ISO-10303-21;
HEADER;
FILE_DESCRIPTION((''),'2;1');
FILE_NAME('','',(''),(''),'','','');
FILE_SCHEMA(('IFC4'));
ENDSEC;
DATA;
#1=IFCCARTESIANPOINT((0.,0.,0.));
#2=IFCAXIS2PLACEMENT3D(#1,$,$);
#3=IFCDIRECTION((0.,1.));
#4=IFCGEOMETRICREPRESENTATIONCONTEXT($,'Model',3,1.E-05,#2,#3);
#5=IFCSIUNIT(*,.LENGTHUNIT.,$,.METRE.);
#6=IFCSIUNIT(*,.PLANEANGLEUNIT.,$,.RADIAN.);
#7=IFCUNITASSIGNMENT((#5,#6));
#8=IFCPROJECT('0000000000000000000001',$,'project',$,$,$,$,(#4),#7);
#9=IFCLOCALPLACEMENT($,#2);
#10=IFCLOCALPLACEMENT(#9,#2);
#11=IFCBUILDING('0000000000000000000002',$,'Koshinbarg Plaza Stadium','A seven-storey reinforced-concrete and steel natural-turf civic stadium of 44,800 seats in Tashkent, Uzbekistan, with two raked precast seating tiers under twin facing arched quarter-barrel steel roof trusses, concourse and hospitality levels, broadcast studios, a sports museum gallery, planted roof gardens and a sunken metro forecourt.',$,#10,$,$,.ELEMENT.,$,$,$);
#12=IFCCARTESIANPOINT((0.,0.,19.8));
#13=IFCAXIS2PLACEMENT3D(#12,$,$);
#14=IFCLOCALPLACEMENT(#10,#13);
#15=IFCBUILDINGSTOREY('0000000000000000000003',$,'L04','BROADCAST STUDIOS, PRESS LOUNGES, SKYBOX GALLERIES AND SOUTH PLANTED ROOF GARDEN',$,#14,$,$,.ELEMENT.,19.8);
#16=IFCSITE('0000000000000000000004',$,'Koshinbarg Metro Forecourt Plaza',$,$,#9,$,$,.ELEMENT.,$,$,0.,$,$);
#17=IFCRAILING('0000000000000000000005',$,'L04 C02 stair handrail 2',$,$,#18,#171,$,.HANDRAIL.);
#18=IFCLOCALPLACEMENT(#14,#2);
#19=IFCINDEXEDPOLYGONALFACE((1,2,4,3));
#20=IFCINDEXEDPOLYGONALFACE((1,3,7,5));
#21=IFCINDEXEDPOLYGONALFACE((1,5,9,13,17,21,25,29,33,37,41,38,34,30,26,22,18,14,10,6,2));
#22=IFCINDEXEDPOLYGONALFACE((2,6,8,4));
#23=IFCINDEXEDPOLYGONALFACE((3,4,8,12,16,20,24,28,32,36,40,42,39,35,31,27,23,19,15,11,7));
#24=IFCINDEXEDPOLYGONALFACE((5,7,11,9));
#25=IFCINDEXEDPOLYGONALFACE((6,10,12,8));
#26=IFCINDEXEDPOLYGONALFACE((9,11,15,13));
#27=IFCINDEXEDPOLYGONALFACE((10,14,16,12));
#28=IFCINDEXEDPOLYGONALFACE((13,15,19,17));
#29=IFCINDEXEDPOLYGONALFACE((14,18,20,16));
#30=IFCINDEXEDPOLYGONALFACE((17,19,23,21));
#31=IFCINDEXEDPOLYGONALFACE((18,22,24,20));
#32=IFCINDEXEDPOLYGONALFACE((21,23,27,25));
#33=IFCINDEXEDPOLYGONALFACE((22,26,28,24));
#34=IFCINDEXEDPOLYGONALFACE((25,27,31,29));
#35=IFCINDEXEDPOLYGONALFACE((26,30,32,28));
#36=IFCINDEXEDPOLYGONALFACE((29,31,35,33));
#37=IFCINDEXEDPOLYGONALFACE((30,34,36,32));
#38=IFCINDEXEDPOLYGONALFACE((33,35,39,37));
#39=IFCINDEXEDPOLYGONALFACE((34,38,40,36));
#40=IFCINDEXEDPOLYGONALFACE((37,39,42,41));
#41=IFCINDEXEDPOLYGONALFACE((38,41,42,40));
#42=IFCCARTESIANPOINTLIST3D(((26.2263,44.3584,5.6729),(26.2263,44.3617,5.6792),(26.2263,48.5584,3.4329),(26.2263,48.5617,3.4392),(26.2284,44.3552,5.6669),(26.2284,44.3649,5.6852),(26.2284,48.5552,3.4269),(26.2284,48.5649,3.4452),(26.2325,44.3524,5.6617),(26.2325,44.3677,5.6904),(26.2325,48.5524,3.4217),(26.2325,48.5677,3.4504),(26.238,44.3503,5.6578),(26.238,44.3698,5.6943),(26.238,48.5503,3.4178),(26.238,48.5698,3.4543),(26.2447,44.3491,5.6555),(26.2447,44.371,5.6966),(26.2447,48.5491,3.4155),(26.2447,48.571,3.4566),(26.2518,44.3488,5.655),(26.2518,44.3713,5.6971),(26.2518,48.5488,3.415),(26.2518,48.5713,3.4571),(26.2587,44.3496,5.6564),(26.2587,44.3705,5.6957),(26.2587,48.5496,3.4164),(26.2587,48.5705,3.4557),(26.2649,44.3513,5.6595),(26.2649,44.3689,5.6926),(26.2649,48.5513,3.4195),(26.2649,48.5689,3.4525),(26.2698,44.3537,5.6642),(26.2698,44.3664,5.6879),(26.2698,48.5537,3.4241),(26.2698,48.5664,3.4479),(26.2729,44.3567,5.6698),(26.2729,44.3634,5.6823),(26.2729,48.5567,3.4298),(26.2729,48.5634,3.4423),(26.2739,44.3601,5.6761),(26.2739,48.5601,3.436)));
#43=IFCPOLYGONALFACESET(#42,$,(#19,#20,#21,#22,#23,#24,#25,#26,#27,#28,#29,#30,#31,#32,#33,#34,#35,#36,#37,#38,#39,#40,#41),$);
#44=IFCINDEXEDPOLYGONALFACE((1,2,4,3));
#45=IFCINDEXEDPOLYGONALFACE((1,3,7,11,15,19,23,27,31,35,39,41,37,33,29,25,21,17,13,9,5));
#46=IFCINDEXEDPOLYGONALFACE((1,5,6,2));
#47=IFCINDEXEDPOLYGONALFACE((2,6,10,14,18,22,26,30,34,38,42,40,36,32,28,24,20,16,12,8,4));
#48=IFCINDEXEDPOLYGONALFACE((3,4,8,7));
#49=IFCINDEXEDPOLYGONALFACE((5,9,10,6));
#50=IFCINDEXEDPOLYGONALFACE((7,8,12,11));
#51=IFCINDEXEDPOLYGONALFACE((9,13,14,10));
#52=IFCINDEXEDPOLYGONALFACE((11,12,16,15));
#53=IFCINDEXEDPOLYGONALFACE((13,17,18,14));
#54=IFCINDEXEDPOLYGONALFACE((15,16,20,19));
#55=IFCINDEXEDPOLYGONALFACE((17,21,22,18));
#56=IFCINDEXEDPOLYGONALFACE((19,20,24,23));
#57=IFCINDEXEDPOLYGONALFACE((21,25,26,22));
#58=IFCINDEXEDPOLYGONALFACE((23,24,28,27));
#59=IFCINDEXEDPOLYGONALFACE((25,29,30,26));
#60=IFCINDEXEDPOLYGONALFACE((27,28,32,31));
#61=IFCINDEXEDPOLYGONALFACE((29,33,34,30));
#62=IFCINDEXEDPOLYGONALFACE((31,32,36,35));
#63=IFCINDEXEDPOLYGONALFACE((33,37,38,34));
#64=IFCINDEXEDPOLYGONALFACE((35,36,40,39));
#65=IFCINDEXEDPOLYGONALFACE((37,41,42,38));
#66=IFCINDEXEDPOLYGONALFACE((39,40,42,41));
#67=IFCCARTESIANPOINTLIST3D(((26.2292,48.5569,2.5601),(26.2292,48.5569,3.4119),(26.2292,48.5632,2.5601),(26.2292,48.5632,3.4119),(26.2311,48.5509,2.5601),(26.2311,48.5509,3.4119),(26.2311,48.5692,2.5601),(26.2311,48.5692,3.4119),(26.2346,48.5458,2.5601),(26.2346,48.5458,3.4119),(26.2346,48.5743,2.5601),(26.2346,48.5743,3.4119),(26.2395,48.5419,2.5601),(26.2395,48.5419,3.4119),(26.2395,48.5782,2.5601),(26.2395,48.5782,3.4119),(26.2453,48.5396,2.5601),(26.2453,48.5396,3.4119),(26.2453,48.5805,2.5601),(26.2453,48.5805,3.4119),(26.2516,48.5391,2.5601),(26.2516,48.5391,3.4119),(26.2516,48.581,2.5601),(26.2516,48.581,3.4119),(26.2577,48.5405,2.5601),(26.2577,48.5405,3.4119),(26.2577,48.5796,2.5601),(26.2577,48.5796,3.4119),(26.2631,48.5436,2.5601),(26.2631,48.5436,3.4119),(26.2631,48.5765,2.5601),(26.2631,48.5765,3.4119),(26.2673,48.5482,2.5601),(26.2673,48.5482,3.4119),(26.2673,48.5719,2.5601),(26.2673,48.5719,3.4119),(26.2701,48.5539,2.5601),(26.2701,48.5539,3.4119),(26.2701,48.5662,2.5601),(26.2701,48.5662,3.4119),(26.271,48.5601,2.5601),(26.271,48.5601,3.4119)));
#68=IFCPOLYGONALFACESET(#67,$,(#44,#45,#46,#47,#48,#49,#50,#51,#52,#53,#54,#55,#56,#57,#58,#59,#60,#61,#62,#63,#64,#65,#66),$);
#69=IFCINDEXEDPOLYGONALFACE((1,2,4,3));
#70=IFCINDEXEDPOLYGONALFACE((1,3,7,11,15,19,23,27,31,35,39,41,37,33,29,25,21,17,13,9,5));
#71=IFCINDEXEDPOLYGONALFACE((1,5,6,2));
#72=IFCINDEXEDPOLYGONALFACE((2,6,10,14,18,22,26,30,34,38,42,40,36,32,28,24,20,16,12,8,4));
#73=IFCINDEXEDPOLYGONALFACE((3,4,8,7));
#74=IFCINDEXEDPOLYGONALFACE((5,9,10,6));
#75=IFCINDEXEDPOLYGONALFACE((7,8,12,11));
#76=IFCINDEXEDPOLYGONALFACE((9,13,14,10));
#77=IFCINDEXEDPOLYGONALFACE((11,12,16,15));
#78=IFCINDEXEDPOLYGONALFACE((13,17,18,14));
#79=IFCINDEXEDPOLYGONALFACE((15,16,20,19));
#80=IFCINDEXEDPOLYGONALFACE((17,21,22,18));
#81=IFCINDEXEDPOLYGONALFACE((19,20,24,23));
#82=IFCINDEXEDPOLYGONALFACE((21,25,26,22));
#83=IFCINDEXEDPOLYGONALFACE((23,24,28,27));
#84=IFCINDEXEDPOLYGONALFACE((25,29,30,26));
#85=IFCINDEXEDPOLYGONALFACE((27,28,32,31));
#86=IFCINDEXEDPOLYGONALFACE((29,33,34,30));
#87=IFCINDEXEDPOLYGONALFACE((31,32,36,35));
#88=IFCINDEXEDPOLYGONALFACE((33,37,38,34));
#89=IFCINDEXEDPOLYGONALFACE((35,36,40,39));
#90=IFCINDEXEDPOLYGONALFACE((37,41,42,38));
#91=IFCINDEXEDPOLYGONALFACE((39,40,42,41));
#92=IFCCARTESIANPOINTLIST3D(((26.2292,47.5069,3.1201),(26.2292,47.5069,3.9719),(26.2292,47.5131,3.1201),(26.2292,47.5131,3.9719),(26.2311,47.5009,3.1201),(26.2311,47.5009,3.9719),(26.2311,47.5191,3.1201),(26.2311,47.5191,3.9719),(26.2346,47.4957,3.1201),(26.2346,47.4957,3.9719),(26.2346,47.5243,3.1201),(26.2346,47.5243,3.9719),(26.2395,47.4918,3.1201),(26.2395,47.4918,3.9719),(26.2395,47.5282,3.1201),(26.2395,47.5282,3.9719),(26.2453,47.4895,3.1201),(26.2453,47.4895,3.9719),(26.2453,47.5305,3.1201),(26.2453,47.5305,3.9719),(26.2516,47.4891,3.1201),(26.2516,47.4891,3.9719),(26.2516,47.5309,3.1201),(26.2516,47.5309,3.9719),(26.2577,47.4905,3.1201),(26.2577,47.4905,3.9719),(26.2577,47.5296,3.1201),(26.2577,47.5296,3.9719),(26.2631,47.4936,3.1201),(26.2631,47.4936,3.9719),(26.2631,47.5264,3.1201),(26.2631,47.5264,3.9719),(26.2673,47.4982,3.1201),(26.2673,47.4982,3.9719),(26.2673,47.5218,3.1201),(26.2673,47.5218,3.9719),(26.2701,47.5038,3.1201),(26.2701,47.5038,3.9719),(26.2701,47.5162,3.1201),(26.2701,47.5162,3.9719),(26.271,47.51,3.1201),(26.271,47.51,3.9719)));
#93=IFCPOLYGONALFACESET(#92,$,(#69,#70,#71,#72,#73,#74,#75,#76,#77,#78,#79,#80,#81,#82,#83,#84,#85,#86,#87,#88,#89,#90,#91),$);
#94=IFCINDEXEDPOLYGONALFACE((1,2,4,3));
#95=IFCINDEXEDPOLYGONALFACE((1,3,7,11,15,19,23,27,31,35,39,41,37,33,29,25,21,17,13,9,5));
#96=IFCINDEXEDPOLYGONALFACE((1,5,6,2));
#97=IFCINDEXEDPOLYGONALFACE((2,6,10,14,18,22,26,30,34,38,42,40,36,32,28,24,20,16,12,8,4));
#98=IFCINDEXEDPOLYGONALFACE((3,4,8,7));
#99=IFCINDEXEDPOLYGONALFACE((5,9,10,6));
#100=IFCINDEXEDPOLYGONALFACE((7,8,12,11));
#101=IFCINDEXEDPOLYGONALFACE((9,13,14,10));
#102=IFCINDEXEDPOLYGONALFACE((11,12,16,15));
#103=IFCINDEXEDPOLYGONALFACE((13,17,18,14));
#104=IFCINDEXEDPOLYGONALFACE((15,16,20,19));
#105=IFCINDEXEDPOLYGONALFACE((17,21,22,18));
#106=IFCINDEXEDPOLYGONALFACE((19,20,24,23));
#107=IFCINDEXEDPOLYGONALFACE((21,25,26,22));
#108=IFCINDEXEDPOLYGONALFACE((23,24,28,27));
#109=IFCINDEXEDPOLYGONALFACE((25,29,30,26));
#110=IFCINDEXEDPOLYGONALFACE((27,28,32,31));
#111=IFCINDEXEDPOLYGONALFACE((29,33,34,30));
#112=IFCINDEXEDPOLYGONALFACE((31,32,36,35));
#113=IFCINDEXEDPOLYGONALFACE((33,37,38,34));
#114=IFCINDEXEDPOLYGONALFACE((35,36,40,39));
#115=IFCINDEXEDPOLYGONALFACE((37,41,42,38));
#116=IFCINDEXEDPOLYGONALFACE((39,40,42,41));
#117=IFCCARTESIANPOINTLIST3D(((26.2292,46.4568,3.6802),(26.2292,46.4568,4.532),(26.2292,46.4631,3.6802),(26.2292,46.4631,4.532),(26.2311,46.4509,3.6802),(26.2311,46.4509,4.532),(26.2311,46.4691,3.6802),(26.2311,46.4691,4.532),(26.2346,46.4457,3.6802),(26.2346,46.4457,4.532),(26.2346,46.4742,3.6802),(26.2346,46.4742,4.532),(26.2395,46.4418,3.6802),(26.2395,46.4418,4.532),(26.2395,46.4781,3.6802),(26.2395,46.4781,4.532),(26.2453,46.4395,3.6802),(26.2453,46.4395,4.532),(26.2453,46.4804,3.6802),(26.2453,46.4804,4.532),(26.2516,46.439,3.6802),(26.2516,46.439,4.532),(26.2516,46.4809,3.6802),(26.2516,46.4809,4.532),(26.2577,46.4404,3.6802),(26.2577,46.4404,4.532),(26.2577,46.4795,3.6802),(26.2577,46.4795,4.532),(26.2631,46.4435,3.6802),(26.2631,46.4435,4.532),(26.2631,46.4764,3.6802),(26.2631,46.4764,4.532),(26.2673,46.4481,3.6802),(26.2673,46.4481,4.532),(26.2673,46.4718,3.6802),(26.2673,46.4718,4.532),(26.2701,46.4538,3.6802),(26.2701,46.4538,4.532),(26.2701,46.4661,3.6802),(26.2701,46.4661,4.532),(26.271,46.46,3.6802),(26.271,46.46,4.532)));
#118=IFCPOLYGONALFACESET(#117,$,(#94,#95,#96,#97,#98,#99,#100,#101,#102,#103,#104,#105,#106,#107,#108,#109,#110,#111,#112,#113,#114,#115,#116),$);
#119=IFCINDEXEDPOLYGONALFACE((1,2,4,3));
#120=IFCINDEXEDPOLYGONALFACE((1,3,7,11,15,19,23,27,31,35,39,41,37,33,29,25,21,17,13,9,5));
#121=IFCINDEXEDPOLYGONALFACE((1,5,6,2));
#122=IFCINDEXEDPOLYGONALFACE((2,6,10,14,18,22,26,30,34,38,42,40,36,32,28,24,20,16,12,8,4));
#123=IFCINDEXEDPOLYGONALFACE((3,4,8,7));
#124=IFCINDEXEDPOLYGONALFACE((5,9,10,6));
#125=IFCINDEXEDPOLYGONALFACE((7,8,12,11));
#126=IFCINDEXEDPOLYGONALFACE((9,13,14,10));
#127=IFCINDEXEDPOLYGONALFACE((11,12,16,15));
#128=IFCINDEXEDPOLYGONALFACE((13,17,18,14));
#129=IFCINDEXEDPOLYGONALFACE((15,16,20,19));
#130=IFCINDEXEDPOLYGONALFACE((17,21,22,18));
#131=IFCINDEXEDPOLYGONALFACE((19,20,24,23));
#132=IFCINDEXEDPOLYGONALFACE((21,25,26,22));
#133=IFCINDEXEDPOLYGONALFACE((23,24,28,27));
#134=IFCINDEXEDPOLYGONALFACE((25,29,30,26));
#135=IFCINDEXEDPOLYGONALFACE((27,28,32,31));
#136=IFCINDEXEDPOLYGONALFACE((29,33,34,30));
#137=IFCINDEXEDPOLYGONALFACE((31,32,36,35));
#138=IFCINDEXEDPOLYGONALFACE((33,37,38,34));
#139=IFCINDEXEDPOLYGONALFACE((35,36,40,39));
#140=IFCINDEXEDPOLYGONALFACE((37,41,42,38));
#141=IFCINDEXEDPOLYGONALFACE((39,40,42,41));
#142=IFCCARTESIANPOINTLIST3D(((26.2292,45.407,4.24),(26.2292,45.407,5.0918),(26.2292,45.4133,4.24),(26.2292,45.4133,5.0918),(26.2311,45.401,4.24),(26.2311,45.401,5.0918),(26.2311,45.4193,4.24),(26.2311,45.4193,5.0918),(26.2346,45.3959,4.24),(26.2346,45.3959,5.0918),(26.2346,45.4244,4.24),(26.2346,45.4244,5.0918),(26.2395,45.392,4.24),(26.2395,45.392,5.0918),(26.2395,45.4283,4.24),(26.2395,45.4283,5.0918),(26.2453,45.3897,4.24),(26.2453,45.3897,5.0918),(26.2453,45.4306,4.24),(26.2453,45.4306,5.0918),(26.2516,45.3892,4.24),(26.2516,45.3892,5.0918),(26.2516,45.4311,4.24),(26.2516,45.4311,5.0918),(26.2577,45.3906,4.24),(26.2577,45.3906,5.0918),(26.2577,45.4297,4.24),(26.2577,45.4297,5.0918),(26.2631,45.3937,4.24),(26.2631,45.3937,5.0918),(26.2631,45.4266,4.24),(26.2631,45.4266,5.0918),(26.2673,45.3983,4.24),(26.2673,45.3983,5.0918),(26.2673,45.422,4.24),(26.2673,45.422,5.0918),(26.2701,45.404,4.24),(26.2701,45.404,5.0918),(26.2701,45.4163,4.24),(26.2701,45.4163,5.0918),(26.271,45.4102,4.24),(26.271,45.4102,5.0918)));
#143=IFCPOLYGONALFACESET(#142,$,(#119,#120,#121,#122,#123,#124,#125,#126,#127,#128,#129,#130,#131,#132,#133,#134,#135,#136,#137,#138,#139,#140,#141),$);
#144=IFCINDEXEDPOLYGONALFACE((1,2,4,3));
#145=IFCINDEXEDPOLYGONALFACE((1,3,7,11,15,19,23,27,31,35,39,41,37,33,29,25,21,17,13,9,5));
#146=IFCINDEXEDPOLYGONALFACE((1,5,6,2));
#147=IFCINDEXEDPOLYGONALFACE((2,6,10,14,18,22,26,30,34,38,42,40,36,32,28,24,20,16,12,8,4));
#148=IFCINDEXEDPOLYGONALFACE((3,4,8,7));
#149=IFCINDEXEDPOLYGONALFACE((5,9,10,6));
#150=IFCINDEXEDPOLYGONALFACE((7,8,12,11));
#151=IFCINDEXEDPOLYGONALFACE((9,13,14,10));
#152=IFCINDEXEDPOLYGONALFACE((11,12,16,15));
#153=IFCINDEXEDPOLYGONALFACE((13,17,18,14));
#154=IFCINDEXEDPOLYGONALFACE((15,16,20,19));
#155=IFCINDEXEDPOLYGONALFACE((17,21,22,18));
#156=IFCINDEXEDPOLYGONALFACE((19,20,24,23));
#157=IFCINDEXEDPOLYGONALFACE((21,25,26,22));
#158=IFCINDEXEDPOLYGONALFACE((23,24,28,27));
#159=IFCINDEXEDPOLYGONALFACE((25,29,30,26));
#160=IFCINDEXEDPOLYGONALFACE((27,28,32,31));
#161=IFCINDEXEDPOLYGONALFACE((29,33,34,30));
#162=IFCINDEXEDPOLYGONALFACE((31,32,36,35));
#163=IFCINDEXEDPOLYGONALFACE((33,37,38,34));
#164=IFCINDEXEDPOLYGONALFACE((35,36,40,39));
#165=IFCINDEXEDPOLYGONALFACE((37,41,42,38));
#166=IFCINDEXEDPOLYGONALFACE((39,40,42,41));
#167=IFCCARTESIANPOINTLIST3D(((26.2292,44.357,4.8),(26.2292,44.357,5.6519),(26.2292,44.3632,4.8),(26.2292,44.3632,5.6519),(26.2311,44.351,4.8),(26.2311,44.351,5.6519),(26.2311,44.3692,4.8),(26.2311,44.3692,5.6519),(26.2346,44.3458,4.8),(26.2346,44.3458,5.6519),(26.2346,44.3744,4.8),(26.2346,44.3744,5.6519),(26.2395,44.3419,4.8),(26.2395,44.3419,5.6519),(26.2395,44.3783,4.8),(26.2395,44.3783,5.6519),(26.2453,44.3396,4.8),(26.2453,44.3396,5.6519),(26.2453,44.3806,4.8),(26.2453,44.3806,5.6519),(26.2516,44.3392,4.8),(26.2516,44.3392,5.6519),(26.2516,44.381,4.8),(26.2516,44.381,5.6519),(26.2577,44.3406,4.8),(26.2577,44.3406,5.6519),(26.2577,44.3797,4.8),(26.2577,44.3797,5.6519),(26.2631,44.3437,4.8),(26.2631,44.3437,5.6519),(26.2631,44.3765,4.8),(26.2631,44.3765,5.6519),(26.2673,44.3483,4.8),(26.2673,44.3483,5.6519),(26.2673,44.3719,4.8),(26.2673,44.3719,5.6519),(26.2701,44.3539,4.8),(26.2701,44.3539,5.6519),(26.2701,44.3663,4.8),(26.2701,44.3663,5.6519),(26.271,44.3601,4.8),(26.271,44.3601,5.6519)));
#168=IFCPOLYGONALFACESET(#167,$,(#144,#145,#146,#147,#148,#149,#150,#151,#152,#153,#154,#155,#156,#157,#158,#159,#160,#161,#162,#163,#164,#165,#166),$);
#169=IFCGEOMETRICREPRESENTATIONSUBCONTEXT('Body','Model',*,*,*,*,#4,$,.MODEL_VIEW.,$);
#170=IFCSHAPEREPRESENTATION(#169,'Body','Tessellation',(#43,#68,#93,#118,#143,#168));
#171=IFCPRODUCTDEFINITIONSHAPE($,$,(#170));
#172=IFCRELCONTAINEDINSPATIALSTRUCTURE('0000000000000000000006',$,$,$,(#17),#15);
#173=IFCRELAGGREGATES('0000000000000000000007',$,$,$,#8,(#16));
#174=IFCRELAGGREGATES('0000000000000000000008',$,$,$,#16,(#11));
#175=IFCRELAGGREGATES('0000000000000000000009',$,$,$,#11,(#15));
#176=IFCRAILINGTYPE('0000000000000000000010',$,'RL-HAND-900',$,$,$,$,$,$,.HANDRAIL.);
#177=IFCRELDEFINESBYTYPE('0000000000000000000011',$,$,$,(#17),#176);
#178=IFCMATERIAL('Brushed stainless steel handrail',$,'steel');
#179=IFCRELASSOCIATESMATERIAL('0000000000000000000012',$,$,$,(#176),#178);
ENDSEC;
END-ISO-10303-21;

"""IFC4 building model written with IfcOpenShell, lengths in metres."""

from ifc_helpers import new_model, si_unit, direction, frame, origin, origin_2d, place, context, subcontext, project, spatial, circle, extrude, material, type_object, element, save


model = new_model("IFC4")

# Units and contexts
model_context = context("Model", 3, precision=1e-05, world=origin(), true_north=direction((0.0, 1.0)))
body_context = subcontext(model_context, "Body", "Model", "MODEL_VIEW")
ifc_project = project(units=[si_unit("LENGTHUNIT", "METRE"), si_unit("PLANEANGLEUNIT", "RADIAN")], contexts=[model_context])

# Site, building, storey
site_placement = place(None, origin())
site = spatial("IfcSite", under=ifc_project, at=site_placement, Name="Koshinbarg Metro Forecourt Plaza", CompositionType="ELEMENT", RefElevation=0.0)
building_placement = place(site_placement, origin())
building = spatial("IfcBuilding", under=site, at=building_placement, Name="Koshinbarg Plaza Stadium", Description="A seven-storey reinforced-concrete and steel natural-turf civic stadium of 44,800 seats in Tashkent, Uzbekistan, with two raked precast seating tiers under twin facing arched quarter-barrel steel roof trusses, concourse and hospitality levels, broadcast studios, a sports museum gallery, planted roof gardens and a sunken metro forecourt.", CompositionType="ELEMENT")
storey_placement = place(building_placement, frame((0.0, 0.0, 19.8)))
storey = spatial("IfcBuildingStorey", under=building, at=storey_placement, Name="L04", Description="BROADCAST STUDIOS, PRESS LOUNGES, SKYBOX GALLERIES AND SOUTH PLANTED ROOF GARDEN", CompositionType="ELEMENT", Elevation=19.8)

# Railing
ifc_material_1 = material(Name="Brushed stainless steel handrail", Category="steel")
railing_type_1 = type_object("IfcRailingType", Name="RL-HAND-900", PredefinedType="HANDRAIL", material=ifc_material_1)
railing_1_placement = place(storey_placement, frame((26.25, 48.5601, 2.5601)))
element("IfcRailing", 1, at=railing_1_placement, inside=storey, type_object=railing_type_1, Name="L04 C02 stair handrail 2", PredefinedType="HANDRAIL", context=body_context, shape_type="SweptSolid", body=[
    extrude(circle(Radius=0.0239, at=origin_2d()), frame((0.0, 0.0, 0.876), z_axis=(0.0, -0.882352, 0.470591), x_axis=(1.0, 0.0, 0.0)), (0.0, 0.0, 1.0), 4.76),
    extrude(circle(Radius=0.021, at=origin_2d()), origin(), (0.0, 0.0, 1.0), 0.8518),
    extrude(circle(Radius=0.021, at=origin_2d()), frame((0.0, -1.05, 0.5601)), (0.0, 0.0, 1.0), 0.8518),
    extrude(circle(Radius=0.021, at=origin_2d()), frame((0.0, -2.1001, 1.1201)), (0.0, 0.0, 1.0), 0.8518),
    extrude(circle(Radius=0.021, at=origin_2d()), frame((0.0, -3.1499, 1.6799)), (0.0, 0.0, 1.0), 0.8518),
    extrude(circle(Radius=0.021, at=origin_2d()), frame((0.0, -4.2, 2.24)), (0.0, 0.0, 1.0), 0.8518),
])

save(model, "model.ifc")
